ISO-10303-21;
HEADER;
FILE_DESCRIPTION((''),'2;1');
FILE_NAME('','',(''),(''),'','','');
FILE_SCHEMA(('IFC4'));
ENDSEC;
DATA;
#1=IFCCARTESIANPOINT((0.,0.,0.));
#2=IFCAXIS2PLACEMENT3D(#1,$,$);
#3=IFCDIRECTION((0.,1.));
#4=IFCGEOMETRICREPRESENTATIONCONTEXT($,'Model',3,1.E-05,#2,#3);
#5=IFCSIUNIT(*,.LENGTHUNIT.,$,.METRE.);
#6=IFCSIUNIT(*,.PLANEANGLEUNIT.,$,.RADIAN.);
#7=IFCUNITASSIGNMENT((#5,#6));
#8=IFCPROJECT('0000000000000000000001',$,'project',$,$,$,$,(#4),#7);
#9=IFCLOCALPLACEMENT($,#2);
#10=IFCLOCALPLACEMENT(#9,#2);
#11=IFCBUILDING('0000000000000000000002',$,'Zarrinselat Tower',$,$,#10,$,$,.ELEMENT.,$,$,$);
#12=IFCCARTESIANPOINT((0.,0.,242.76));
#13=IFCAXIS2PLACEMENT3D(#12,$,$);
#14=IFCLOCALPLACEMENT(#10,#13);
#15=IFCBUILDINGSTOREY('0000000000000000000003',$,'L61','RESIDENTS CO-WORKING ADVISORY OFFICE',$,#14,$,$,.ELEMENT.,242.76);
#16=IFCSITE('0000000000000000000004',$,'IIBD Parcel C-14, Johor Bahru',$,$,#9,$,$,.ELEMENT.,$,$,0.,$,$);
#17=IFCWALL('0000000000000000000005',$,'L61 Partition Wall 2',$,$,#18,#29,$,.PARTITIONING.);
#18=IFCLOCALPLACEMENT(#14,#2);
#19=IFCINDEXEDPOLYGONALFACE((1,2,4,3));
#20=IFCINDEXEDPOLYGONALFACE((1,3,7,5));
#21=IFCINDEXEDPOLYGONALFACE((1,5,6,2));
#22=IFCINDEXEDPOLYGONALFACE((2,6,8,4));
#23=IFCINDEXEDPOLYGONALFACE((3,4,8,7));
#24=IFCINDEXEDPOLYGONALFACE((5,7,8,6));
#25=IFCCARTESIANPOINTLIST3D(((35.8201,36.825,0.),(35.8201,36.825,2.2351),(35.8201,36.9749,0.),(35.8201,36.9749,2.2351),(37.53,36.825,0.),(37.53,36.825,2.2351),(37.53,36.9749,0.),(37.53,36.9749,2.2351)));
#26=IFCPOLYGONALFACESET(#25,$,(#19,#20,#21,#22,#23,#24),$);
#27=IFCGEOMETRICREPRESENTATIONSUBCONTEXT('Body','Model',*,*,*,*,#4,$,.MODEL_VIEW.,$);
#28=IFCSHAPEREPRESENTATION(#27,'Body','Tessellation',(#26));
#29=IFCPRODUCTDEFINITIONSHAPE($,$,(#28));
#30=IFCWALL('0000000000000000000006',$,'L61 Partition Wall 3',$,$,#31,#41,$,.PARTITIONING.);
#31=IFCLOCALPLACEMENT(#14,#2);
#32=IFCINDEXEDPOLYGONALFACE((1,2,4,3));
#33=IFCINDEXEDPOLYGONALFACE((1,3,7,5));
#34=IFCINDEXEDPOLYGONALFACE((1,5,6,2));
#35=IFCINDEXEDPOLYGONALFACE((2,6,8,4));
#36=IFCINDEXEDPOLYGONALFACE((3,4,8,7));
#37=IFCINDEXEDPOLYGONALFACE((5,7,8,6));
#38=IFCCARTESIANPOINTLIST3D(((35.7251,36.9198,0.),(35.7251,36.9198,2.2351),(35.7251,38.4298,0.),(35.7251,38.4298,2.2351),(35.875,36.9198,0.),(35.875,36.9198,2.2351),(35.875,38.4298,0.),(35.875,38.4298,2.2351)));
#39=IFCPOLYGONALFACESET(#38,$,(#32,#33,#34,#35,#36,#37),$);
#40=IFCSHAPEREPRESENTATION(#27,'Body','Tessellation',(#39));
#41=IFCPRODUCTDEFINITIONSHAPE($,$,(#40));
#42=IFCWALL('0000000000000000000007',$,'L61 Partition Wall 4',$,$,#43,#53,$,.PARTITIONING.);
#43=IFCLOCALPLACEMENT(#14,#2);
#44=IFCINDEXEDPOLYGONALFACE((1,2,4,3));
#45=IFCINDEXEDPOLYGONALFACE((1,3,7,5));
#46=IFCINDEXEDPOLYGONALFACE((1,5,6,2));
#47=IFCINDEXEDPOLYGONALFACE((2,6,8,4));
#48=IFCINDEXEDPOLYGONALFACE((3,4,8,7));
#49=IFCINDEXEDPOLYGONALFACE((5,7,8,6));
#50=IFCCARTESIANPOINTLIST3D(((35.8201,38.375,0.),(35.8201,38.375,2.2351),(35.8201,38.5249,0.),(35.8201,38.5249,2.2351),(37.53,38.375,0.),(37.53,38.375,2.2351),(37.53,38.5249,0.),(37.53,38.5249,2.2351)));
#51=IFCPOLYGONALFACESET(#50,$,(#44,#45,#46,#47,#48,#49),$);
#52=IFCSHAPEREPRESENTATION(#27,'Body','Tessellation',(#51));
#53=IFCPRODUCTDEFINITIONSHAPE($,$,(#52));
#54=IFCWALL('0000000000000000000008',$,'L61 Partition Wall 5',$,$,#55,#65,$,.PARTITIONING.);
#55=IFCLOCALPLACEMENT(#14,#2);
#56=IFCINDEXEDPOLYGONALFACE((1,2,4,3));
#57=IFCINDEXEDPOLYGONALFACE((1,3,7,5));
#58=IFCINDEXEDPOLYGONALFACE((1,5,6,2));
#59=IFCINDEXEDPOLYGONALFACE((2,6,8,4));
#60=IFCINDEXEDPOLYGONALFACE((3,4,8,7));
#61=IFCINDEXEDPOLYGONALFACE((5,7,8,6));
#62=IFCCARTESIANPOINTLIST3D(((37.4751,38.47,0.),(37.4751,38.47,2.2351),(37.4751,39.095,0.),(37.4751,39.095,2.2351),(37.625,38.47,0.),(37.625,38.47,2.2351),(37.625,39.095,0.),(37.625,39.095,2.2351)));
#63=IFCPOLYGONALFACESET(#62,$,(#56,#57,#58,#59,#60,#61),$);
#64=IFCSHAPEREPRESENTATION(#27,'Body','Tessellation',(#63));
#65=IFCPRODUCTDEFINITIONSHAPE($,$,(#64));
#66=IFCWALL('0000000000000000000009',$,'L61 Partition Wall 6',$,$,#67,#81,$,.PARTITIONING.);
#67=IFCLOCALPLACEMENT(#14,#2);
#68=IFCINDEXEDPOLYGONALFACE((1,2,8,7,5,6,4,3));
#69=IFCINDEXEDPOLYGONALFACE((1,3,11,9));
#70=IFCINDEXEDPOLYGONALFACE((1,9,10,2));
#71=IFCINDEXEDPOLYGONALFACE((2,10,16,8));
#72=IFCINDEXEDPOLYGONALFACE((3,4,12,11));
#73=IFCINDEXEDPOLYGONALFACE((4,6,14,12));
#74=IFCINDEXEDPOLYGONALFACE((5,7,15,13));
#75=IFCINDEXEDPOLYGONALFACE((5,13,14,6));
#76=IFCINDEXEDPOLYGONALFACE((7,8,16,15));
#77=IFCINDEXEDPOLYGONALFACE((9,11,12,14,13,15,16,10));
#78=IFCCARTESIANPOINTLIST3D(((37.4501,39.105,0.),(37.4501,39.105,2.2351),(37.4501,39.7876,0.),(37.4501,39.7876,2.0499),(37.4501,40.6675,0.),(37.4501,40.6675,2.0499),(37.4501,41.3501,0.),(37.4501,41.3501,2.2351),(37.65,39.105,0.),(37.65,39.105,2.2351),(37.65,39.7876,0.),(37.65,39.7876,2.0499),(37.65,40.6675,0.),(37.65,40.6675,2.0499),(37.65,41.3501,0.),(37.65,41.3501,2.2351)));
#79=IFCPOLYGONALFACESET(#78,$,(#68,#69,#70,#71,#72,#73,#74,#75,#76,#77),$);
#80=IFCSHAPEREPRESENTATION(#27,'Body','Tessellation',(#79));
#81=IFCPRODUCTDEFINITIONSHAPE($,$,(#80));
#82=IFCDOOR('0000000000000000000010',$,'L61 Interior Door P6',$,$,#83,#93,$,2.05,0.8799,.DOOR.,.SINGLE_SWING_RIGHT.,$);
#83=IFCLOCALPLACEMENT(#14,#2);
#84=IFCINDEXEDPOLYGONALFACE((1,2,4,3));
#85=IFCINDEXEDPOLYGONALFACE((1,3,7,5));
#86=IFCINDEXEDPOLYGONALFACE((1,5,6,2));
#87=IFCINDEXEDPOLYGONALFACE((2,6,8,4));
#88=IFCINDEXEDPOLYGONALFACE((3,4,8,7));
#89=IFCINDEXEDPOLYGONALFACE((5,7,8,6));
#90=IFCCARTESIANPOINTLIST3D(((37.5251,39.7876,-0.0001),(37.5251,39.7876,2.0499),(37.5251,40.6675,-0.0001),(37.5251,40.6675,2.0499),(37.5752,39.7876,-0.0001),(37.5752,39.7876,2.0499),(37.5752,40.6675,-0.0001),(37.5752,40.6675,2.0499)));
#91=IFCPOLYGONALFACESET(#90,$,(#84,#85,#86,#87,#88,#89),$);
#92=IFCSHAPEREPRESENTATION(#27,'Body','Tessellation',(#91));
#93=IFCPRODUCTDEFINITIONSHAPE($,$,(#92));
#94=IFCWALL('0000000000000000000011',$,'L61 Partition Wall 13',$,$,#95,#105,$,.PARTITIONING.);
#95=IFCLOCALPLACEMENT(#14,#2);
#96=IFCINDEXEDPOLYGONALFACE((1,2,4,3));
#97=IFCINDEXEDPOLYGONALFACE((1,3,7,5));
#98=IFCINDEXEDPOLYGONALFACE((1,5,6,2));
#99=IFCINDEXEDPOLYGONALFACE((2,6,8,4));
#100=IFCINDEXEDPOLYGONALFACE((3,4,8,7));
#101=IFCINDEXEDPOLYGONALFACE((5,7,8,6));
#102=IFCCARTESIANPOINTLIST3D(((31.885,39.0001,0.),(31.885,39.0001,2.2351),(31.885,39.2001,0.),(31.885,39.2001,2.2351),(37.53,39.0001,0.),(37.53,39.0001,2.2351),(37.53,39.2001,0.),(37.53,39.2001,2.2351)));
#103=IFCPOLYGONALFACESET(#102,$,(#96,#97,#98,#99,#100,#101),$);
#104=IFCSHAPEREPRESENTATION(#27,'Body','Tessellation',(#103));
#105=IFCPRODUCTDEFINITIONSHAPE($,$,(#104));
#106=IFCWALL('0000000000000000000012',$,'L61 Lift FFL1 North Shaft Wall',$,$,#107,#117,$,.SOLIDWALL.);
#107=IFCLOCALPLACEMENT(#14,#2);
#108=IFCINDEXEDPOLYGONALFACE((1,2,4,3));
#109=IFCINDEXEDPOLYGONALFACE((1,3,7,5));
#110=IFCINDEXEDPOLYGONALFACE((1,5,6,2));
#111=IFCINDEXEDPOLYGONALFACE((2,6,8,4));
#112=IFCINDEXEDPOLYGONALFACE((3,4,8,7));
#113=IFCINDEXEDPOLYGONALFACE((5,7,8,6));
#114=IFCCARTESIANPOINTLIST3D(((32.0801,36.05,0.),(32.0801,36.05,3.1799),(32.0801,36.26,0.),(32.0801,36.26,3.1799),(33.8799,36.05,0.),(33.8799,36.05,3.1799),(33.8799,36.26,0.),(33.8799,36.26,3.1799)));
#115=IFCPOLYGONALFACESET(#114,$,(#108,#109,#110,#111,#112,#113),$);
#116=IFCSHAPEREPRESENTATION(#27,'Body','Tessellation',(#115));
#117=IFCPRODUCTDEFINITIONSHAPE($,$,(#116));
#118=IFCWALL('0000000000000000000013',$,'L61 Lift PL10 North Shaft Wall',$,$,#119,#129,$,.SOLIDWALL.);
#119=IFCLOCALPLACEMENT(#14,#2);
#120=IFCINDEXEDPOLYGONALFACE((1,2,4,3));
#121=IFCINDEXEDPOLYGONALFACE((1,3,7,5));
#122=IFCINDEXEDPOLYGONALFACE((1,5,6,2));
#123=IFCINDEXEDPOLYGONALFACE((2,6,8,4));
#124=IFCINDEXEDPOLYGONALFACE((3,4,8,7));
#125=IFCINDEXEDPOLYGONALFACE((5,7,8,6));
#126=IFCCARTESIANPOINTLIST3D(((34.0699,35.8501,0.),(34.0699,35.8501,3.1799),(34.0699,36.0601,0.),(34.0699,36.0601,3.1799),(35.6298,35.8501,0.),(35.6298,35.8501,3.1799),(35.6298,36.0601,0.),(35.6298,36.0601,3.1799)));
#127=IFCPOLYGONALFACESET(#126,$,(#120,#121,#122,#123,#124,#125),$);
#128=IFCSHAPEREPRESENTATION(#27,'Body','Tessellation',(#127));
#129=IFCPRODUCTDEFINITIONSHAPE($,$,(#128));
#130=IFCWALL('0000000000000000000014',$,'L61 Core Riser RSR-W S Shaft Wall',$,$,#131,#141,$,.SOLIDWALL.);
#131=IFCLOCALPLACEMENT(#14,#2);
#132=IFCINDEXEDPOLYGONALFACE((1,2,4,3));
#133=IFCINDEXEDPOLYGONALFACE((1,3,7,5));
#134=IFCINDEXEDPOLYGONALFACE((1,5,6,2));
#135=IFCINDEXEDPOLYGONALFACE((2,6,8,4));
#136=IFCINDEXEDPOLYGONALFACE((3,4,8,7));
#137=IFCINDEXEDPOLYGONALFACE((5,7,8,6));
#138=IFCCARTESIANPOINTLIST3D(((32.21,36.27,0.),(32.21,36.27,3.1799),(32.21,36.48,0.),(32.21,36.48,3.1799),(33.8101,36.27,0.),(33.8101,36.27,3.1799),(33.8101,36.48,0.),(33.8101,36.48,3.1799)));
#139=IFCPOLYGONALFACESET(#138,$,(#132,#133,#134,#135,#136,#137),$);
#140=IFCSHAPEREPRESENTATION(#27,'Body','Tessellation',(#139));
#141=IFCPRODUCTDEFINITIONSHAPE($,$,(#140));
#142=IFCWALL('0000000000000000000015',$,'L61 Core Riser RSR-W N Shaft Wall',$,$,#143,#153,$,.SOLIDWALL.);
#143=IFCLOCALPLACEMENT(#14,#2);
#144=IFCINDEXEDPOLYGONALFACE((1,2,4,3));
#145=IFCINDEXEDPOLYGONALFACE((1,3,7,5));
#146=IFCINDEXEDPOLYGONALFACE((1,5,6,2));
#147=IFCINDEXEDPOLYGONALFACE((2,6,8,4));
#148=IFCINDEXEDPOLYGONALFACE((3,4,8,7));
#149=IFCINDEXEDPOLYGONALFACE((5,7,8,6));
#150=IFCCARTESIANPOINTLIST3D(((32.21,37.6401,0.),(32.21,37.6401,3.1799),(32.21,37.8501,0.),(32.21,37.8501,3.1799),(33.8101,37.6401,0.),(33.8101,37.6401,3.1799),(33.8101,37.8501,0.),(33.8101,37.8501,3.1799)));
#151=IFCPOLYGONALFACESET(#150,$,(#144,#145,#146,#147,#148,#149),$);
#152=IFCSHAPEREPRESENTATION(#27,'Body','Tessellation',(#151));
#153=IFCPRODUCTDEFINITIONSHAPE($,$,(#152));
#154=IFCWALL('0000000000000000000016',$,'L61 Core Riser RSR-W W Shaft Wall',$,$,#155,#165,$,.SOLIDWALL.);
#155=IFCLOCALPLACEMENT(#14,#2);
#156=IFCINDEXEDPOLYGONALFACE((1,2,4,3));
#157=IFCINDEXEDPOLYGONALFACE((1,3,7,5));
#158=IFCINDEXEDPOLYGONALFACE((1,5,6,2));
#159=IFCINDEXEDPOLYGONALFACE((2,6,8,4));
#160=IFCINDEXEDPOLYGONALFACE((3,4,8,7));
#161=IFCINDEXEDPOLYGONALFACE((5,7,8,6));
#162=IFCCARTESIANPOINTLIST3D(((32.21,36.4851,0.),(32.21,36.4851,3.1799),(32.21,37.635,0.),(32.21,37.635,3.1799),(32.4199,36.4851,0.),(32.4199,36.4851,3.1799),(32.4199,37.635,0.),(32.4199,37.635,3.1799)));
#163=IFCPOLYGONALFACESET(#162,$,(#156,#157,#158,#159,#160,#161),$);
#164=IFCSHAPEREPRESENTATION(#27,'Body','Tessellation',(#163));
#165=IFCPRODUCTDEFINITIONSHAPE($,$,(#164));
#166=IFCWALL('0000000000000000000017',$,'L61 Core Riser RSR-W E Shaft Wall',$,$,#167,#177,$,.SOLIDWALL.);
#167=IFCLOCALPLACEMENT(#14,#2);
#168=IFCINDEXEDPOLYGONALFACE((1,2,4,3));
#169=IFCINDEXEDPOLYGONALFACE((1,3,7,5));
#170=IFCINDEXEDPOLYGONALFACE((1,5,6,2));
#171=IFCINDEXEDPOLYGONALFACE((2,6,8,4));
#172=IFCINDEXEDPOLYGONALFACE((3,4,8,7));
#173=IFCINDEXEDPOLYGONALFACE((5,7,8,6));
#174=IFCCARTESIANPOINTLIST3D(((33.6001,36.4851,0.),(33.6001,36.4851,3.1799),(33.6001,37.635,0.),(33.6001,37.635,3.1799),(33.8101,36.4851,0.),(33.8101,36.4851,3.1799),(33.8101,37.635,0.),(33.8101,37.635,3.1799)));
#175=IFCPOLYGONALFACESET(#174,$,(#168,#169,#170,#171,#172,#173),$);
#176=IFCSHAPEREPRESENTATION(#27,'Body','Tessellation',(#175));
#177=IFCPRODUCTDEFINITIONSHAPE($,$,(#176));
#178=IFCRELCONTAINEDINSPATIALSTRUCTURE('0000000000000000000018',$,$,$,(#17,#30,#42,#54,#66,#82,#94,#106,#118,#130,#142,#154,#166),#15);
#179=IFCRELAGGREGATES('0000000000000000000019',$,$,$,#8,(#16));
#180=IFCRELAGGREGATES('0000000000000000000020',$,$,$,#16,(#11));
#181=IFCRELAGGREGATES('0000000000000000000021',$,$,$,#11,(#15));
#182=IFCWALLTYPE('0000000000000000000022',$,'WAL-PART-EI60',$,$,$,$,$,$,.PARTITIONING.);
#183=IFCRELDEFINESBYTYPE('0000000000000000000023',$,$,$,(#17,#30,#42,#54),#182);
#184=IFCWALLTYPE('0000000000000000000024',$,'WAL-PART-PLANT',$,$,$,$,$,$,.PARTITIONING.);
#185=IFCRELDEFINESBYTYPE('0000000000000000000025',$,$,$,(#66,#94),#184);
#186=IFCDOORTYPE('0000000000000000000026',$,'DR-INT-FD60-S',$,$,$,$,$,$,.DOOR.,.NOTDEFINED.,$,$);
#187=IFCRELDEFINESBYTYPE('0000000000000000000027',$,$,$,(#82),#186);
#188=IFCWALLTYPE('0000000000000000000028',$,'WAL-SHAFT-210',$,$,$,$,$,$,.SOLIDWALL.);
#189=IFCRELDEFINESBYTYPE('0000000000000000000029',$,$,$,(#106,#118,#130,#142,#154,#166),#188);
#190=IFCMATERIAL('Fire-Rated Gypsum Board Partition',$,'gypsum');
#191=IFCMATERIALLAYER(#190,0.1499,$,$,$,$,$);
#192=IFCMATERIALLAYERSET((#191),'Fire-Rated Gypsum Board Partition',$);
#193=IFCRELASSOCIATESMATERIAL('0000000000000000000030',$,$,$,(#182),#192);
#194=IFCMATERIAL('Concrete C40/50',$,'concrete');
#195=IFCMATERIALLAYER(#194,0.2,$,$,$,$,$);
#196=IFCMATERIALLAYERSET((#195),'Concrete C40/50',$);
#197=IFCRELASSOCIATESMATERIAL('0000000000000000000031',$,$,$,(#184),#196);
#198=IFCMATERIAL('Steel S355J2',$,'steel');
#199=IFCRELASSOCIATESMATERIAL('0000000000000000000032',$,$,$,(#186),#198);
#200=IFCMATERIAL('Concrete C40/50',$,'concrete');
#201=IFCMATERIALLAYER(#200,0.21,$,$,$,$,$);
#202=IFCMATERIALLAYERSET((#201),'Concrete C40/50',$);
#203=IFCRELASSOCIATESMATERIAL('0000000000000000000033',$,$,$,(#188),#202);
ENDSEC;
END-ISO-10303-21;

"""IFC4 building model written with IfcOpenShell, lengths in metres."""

from ifc_helpers import new_model, si_unit, direction, frame, frame_2d, origin, place, context, subcontext, project, spatial, rectangle, extrude, material, layer, layer_set, type_object, element, fill, save


model = new_model("IFC4")

# Units and contexts
model_context = context("Model", 3, precision=1e-05, world=origin(), true_north=direction((0.0, 1.0)))
body_context = subcontext(model_context, "Body", "Model", "MODEL_VIEW")
ifc_project = project(units=[si_unit("LENGTHUNIT", "METRE"), si_unit("PLANEANGLEUNIT", "RADIAN")], contexts=[model_context])

# Site, building, storey
site_placement = place(None, origin())
site = spatial("IfcSite", under=ifc_project, at=site_placement, Name="IIBD Parcel C-14, Johor Bahru", CompositionType="ELEMENT", RefElevation=0.0)
building_placement = place(site_placement, origin())
building = spatial("IfcBuilding", under=site, at=building_placement, Name="Zarrinselat Tower", CompositionType="ELEMENT")
storey_placement = place(building_placement, frame((0.0, 0.0, 242.76)))
storey = spatial("IfcBuildingStorey", under=building, at=storey_placement, Name="L61", Description="RESIDENTS CO-WORKING ADVISORY OFFICE", CompositionType="ELEMENT", Elevation=242.76)

# Walls
ifc_material_1 = material(Name="Fire-Rated Gypsum Board Partition", Category="gypsum")
ifc_layer_1 = layer(ifc_material_1, 0.1499)
ifc_layer_set_1 = layer_set([ifc_layer_1], Name="Fire-Rated Gypsum Board Partition")
wall_type_1 = type_object("IfcWallType", Name="WAL-PART-EI60", PredefinedType="PARTITIONING", material=ifc_layer_set_1)
wall_1_placement = place(storey_placement, frame((35.8201, 36.8999, 0.0), z_axis=(0.0, 0.0, 1.0), x_axis=(1.0, 0.0, 0.0)))
element("IfcWall", 1, at=wall_1_placement, inside=storey, type_object=wall_type_1, Name="L61 Partition Wall 2", PredefinedType="PARTITIONING", context=body_context, shape_type="SweptSolid", body=[
    extrude(rectangle(XDim=1.71, YDim=0.1499, at=frame_2d((0.855, 0.0))), origin(), (0.0, 0.0, 1.0), 2.2351),
])
wall_2_placement = place(storey_placement, frame((35.8, 36.9199, 0.0), z_axis=(0.0, 0.0, 1.0), x_axis=(0.0, 1.0, 0.0)))
element("IfcWall", 2, at=wall_2_placement, inside=storey, type_object=wall_type_1, Name="L61 Partition Wall 3", PredefinedType="PARTITIONING", context=body_context, shape_type="SweptSolid", body=[
    extrude(rectangle(XDim=1.51, YDim=0.1499, at=frame_2d((0.7549, 0.0))), origin(), (0.0, 0.0, 1.0), 2.2351),
])
wall_3_placement = place(storey_placement, frame((35.8201, 38.45, 0.0), z_axis=(0.0, 0.0, 1.0), x_axis=(1.0, 0.0, 0.0)))
element("IfcWall", 3, at=wall_3_placement, inside=storey, type_object=wall_type_1, Name="L61 Partition Wall 4", PredefinedType="PARTITIONING", context=body_context, shape_type="SweptSolid", body=[
    extrude(rectangle(XDim=1.71, YDim=0.1499, at=frame_2d((0.855, 0.0))), origin(), (0.0, 0.0, 1.0), 2.2351),
])
wall_4_placement = place(storey_placement, frame((37.55, 38.47, 0.0), z_axis=(0.0, 0.0, 1.0), x_axis=(0.0, 1.0, 0.0)))
element("IfcWall", 4, at=wall_4_placement, inside=storey, type_object=wall_type_1, Name="L61 Partition Wall 5", PredefinedType="PARTITIONING", context=body_context, shape_type="SweptSolid", body=[
    extrude(rectangle(XDim=0.625, YDim=0.1499, at=frame_2d((0.3125, 0.0))), origin(), (0.0, 0.0, 1.0), 2.2351),
])

# Wall, opening, door
ifc_material_2 = material(Name="Concrete C40/50", Category="concrete")
ifc_layer_2 = layer(ifc_material_2, 0.2)
ifc_layer_set_2 = layer_set([ifc_layer_2], Name="Concrete C40/50")
wall_type_2 = type_object("IfcWallType", Name="WAL-PART-PLANT", PredefinedType="PARTITIONING", material=ifc_layer_set_2)
wall_5_placement = place(storey_placement, frame((37.55, 39.105, 0.0), z_axis=(0.0, 0.0, 1.0), x_axis=(0.0, 1.0, 0.0)))
wall_5 = element("IfcWall", 5, at=wall_5_placement, inside=storey, type_object=wall_type_2, Name="L61 Partition Wall 6", PredefinedType="PARTITIONING", context=body_context, shape_type="SweptSolid", body=[
    extrude(rectangle(XDim=2.2451, YDim=0.2, at=frame_2d((1.1226, 0.0))), origin(), (0.0, 0.0, 1.0), 2.2351),
])
opening_placement = place(wall_5_placement, frame((0.6826, 0.0, 0.0)))
opening = element("IfcOpeningElement", 6, at=opening_placement, cuts=wall_5, PredefinedType="OPENING", context=body_context, shape_type="SweptSolid", body=[
    extrude(rectangle(XDim=0.8799, YDim=2.05, at=frame_2d((0.4399, 1.0249))), frame((0.0, 0.1099, 0.0), z_axis=(0.0, -1.0, 0.0), x_axis=(1.0, 0.0, 0.0)), (0.0, 0.0, 1.0), 0.22),
])
ifc_material_3 = material(Name="Steel S355J2", Category="steel")
door_type = type_object("IfcDoorType", Name="DR-INT-FD60-S", OperationType="NOTDEFINED", PredefinedType="DOOR", material=ifc_material_3)
door_placement = place(opening_placement, origin())
door = element("IfcDoor", 7, at=door_placement, inside=storey, type_object=door_type, Name="L61 Interior Door P6", OperationType="SINGLE_SWING_RIGHT", OverallHeight=2.05, OverallWidth=0.8799, PredefinedType="DOOR", context=body_context, shape_type="SweptSolid", body=[
    extrude(rectangle(XDim=0.8799, YDim=2.05, at=frame_2d((0.4399, 1.0249))), frame((0.0, 0.0249, 0.0), z_axis=(0.0, -1.0, 0.0), x_axis=(1.0, 0.0, 0.0)), (0.0, 0.0, 1.0), 0.05),
])
fill(opening, door)

# Walls
wall_6_placement = place(storey_placement, frame((31.885, 39.1001, 0.0), z_axis=(0.0, 0.0, 1.0), x_axis=(1.0, 0.0, 0.0)))
element("IfcWall", 8, at=wall_6_placement, inside=storey, type_object=wall_type_2, Name="L61 Partition Wall 13", PredefinedType="PARTITIONING", context=body_context, shape_type="SweptSolid", body=[
    extrude(rectangle(XDim=5.645, YDim=0.2, at=frame_2d((2.8225, 0.0))), origin(), (0.0, 0.0, 1.0), 2.2351),
])
ifc_material_4 = material(Name="Concrete C40/50", Category="concrete")
ifc_layer_3 = layer(ifc_material_4, 0.21)
ifc_layer_set_3 = layer_set([ifc_layer_3], Name="Concrete C40/50")
wall_type_3 = type_object("IfcWallType", Name="WAL-SHAFT-210", PredefinedType="SOLIDWALL", material=ifc_layer_set_3)
wall_7_placement = place(storey_placement, frame((32.0801, 36.155, 0.0), z_axis=(0.0, 0.0, 1.0), x_axis=(1.0, 0.0, 0.0)))
element("IfcWall", 9, at=wall_7_placement, inside=storey, type_object=wall_type_3, Name="L61 Lift FFL1 North Shaft Wall", PredefinedType="SOLIDWALL", context=body_context, shape_type="SweptSolid", body=[
    extrude(rectangle(XDim=1.7998, YDim=0.21, at=frame_2d((0.8999, 0.0))), origin(), (0.0, 0.0, 1.0), 3.1799),
])
wall_8_placement = place(storey_placement, frame((34.0701, 35.9551, 0.0), z_axis=(0.0, 0.0, 1.0), x_axis=(1.0, 0.0, 0.0)))
element("IfcWall", 10, at=wall_8_placement, inside=storey, type_object=wall_type_3, Name="L61 Lift PL10 North Shaft Wall", PredefinedType="SOLIDWALL", context=body_context, shape_type="SweptSolid", body=[
    extrude(rectangle(XDim=1.5598, YDim=0.21, at=frame_2d((0.7798, 0.0))), origin(), (0.0, 0.0, 1.0), 3.1799),
])
for number, where, z_axis, x_axis, name in (
    (11, (32.21, 36.375, 0.0), (0.0, 0.0, 1.0), (1.0, 0.0, 0.0), "L61 Core Riser RSR-W S Shaft Wall"),
    (12, (32.21, 37.7451, 0.0), (0.0, 0.0, 1.0), (1.0, 0.0, 0.0), "L61 Core Riser RSR-W N Shaft Wall"),
):
    element("IfcWall", number, at=place(storey_placement, frame(where, z_axis=z_axis, x_axis=x_axis)), inside=storey, type_object=wall_type_3, Name=name, PredefinedType="SOLIDWALL", context=body_context, shape_type="SweptSolid", body=[
        extrude(rectangle(XDim=1.6001, YDim=0.21, at=frame_2d((0.8, 0.0))), origin(), (0.0, 0.0, 1.0), 3.1799),
    ])
for number, where, z_axis, x_axis, name in (
    (13, (32.3149, 36.4851, 0.0), (0.0, 0.0, 1.0), (0.0, 1.0, 0.0), "L61 Core Riser RSR-W W Shaft Wall"),
    (14, (33.7051, 36.4851, 0.0), (0.0, 0.0, 1.0), (0.0, 1.0, 0.0), "L61 Core Riser RSR-W E Shaft Wall"),
):
    element("IfcWall", number, at=place(storey_placement, frame(where, z_axis=z_axis, x_axis=x_axis)), inside=storey, type_object=wall_type_3, Name=name, PredefinedType="SOLIDWALL", context=body_context, shape_type="SweptSolid", body=[
        extrude(rectangle(XDim=1.1499, YDim=0.21, at=frame_2d((0.575, 0.0))), origin(), (0.0, 0.0, 1.0), 3.1799),
    ])

save(model, "model.ifc")
